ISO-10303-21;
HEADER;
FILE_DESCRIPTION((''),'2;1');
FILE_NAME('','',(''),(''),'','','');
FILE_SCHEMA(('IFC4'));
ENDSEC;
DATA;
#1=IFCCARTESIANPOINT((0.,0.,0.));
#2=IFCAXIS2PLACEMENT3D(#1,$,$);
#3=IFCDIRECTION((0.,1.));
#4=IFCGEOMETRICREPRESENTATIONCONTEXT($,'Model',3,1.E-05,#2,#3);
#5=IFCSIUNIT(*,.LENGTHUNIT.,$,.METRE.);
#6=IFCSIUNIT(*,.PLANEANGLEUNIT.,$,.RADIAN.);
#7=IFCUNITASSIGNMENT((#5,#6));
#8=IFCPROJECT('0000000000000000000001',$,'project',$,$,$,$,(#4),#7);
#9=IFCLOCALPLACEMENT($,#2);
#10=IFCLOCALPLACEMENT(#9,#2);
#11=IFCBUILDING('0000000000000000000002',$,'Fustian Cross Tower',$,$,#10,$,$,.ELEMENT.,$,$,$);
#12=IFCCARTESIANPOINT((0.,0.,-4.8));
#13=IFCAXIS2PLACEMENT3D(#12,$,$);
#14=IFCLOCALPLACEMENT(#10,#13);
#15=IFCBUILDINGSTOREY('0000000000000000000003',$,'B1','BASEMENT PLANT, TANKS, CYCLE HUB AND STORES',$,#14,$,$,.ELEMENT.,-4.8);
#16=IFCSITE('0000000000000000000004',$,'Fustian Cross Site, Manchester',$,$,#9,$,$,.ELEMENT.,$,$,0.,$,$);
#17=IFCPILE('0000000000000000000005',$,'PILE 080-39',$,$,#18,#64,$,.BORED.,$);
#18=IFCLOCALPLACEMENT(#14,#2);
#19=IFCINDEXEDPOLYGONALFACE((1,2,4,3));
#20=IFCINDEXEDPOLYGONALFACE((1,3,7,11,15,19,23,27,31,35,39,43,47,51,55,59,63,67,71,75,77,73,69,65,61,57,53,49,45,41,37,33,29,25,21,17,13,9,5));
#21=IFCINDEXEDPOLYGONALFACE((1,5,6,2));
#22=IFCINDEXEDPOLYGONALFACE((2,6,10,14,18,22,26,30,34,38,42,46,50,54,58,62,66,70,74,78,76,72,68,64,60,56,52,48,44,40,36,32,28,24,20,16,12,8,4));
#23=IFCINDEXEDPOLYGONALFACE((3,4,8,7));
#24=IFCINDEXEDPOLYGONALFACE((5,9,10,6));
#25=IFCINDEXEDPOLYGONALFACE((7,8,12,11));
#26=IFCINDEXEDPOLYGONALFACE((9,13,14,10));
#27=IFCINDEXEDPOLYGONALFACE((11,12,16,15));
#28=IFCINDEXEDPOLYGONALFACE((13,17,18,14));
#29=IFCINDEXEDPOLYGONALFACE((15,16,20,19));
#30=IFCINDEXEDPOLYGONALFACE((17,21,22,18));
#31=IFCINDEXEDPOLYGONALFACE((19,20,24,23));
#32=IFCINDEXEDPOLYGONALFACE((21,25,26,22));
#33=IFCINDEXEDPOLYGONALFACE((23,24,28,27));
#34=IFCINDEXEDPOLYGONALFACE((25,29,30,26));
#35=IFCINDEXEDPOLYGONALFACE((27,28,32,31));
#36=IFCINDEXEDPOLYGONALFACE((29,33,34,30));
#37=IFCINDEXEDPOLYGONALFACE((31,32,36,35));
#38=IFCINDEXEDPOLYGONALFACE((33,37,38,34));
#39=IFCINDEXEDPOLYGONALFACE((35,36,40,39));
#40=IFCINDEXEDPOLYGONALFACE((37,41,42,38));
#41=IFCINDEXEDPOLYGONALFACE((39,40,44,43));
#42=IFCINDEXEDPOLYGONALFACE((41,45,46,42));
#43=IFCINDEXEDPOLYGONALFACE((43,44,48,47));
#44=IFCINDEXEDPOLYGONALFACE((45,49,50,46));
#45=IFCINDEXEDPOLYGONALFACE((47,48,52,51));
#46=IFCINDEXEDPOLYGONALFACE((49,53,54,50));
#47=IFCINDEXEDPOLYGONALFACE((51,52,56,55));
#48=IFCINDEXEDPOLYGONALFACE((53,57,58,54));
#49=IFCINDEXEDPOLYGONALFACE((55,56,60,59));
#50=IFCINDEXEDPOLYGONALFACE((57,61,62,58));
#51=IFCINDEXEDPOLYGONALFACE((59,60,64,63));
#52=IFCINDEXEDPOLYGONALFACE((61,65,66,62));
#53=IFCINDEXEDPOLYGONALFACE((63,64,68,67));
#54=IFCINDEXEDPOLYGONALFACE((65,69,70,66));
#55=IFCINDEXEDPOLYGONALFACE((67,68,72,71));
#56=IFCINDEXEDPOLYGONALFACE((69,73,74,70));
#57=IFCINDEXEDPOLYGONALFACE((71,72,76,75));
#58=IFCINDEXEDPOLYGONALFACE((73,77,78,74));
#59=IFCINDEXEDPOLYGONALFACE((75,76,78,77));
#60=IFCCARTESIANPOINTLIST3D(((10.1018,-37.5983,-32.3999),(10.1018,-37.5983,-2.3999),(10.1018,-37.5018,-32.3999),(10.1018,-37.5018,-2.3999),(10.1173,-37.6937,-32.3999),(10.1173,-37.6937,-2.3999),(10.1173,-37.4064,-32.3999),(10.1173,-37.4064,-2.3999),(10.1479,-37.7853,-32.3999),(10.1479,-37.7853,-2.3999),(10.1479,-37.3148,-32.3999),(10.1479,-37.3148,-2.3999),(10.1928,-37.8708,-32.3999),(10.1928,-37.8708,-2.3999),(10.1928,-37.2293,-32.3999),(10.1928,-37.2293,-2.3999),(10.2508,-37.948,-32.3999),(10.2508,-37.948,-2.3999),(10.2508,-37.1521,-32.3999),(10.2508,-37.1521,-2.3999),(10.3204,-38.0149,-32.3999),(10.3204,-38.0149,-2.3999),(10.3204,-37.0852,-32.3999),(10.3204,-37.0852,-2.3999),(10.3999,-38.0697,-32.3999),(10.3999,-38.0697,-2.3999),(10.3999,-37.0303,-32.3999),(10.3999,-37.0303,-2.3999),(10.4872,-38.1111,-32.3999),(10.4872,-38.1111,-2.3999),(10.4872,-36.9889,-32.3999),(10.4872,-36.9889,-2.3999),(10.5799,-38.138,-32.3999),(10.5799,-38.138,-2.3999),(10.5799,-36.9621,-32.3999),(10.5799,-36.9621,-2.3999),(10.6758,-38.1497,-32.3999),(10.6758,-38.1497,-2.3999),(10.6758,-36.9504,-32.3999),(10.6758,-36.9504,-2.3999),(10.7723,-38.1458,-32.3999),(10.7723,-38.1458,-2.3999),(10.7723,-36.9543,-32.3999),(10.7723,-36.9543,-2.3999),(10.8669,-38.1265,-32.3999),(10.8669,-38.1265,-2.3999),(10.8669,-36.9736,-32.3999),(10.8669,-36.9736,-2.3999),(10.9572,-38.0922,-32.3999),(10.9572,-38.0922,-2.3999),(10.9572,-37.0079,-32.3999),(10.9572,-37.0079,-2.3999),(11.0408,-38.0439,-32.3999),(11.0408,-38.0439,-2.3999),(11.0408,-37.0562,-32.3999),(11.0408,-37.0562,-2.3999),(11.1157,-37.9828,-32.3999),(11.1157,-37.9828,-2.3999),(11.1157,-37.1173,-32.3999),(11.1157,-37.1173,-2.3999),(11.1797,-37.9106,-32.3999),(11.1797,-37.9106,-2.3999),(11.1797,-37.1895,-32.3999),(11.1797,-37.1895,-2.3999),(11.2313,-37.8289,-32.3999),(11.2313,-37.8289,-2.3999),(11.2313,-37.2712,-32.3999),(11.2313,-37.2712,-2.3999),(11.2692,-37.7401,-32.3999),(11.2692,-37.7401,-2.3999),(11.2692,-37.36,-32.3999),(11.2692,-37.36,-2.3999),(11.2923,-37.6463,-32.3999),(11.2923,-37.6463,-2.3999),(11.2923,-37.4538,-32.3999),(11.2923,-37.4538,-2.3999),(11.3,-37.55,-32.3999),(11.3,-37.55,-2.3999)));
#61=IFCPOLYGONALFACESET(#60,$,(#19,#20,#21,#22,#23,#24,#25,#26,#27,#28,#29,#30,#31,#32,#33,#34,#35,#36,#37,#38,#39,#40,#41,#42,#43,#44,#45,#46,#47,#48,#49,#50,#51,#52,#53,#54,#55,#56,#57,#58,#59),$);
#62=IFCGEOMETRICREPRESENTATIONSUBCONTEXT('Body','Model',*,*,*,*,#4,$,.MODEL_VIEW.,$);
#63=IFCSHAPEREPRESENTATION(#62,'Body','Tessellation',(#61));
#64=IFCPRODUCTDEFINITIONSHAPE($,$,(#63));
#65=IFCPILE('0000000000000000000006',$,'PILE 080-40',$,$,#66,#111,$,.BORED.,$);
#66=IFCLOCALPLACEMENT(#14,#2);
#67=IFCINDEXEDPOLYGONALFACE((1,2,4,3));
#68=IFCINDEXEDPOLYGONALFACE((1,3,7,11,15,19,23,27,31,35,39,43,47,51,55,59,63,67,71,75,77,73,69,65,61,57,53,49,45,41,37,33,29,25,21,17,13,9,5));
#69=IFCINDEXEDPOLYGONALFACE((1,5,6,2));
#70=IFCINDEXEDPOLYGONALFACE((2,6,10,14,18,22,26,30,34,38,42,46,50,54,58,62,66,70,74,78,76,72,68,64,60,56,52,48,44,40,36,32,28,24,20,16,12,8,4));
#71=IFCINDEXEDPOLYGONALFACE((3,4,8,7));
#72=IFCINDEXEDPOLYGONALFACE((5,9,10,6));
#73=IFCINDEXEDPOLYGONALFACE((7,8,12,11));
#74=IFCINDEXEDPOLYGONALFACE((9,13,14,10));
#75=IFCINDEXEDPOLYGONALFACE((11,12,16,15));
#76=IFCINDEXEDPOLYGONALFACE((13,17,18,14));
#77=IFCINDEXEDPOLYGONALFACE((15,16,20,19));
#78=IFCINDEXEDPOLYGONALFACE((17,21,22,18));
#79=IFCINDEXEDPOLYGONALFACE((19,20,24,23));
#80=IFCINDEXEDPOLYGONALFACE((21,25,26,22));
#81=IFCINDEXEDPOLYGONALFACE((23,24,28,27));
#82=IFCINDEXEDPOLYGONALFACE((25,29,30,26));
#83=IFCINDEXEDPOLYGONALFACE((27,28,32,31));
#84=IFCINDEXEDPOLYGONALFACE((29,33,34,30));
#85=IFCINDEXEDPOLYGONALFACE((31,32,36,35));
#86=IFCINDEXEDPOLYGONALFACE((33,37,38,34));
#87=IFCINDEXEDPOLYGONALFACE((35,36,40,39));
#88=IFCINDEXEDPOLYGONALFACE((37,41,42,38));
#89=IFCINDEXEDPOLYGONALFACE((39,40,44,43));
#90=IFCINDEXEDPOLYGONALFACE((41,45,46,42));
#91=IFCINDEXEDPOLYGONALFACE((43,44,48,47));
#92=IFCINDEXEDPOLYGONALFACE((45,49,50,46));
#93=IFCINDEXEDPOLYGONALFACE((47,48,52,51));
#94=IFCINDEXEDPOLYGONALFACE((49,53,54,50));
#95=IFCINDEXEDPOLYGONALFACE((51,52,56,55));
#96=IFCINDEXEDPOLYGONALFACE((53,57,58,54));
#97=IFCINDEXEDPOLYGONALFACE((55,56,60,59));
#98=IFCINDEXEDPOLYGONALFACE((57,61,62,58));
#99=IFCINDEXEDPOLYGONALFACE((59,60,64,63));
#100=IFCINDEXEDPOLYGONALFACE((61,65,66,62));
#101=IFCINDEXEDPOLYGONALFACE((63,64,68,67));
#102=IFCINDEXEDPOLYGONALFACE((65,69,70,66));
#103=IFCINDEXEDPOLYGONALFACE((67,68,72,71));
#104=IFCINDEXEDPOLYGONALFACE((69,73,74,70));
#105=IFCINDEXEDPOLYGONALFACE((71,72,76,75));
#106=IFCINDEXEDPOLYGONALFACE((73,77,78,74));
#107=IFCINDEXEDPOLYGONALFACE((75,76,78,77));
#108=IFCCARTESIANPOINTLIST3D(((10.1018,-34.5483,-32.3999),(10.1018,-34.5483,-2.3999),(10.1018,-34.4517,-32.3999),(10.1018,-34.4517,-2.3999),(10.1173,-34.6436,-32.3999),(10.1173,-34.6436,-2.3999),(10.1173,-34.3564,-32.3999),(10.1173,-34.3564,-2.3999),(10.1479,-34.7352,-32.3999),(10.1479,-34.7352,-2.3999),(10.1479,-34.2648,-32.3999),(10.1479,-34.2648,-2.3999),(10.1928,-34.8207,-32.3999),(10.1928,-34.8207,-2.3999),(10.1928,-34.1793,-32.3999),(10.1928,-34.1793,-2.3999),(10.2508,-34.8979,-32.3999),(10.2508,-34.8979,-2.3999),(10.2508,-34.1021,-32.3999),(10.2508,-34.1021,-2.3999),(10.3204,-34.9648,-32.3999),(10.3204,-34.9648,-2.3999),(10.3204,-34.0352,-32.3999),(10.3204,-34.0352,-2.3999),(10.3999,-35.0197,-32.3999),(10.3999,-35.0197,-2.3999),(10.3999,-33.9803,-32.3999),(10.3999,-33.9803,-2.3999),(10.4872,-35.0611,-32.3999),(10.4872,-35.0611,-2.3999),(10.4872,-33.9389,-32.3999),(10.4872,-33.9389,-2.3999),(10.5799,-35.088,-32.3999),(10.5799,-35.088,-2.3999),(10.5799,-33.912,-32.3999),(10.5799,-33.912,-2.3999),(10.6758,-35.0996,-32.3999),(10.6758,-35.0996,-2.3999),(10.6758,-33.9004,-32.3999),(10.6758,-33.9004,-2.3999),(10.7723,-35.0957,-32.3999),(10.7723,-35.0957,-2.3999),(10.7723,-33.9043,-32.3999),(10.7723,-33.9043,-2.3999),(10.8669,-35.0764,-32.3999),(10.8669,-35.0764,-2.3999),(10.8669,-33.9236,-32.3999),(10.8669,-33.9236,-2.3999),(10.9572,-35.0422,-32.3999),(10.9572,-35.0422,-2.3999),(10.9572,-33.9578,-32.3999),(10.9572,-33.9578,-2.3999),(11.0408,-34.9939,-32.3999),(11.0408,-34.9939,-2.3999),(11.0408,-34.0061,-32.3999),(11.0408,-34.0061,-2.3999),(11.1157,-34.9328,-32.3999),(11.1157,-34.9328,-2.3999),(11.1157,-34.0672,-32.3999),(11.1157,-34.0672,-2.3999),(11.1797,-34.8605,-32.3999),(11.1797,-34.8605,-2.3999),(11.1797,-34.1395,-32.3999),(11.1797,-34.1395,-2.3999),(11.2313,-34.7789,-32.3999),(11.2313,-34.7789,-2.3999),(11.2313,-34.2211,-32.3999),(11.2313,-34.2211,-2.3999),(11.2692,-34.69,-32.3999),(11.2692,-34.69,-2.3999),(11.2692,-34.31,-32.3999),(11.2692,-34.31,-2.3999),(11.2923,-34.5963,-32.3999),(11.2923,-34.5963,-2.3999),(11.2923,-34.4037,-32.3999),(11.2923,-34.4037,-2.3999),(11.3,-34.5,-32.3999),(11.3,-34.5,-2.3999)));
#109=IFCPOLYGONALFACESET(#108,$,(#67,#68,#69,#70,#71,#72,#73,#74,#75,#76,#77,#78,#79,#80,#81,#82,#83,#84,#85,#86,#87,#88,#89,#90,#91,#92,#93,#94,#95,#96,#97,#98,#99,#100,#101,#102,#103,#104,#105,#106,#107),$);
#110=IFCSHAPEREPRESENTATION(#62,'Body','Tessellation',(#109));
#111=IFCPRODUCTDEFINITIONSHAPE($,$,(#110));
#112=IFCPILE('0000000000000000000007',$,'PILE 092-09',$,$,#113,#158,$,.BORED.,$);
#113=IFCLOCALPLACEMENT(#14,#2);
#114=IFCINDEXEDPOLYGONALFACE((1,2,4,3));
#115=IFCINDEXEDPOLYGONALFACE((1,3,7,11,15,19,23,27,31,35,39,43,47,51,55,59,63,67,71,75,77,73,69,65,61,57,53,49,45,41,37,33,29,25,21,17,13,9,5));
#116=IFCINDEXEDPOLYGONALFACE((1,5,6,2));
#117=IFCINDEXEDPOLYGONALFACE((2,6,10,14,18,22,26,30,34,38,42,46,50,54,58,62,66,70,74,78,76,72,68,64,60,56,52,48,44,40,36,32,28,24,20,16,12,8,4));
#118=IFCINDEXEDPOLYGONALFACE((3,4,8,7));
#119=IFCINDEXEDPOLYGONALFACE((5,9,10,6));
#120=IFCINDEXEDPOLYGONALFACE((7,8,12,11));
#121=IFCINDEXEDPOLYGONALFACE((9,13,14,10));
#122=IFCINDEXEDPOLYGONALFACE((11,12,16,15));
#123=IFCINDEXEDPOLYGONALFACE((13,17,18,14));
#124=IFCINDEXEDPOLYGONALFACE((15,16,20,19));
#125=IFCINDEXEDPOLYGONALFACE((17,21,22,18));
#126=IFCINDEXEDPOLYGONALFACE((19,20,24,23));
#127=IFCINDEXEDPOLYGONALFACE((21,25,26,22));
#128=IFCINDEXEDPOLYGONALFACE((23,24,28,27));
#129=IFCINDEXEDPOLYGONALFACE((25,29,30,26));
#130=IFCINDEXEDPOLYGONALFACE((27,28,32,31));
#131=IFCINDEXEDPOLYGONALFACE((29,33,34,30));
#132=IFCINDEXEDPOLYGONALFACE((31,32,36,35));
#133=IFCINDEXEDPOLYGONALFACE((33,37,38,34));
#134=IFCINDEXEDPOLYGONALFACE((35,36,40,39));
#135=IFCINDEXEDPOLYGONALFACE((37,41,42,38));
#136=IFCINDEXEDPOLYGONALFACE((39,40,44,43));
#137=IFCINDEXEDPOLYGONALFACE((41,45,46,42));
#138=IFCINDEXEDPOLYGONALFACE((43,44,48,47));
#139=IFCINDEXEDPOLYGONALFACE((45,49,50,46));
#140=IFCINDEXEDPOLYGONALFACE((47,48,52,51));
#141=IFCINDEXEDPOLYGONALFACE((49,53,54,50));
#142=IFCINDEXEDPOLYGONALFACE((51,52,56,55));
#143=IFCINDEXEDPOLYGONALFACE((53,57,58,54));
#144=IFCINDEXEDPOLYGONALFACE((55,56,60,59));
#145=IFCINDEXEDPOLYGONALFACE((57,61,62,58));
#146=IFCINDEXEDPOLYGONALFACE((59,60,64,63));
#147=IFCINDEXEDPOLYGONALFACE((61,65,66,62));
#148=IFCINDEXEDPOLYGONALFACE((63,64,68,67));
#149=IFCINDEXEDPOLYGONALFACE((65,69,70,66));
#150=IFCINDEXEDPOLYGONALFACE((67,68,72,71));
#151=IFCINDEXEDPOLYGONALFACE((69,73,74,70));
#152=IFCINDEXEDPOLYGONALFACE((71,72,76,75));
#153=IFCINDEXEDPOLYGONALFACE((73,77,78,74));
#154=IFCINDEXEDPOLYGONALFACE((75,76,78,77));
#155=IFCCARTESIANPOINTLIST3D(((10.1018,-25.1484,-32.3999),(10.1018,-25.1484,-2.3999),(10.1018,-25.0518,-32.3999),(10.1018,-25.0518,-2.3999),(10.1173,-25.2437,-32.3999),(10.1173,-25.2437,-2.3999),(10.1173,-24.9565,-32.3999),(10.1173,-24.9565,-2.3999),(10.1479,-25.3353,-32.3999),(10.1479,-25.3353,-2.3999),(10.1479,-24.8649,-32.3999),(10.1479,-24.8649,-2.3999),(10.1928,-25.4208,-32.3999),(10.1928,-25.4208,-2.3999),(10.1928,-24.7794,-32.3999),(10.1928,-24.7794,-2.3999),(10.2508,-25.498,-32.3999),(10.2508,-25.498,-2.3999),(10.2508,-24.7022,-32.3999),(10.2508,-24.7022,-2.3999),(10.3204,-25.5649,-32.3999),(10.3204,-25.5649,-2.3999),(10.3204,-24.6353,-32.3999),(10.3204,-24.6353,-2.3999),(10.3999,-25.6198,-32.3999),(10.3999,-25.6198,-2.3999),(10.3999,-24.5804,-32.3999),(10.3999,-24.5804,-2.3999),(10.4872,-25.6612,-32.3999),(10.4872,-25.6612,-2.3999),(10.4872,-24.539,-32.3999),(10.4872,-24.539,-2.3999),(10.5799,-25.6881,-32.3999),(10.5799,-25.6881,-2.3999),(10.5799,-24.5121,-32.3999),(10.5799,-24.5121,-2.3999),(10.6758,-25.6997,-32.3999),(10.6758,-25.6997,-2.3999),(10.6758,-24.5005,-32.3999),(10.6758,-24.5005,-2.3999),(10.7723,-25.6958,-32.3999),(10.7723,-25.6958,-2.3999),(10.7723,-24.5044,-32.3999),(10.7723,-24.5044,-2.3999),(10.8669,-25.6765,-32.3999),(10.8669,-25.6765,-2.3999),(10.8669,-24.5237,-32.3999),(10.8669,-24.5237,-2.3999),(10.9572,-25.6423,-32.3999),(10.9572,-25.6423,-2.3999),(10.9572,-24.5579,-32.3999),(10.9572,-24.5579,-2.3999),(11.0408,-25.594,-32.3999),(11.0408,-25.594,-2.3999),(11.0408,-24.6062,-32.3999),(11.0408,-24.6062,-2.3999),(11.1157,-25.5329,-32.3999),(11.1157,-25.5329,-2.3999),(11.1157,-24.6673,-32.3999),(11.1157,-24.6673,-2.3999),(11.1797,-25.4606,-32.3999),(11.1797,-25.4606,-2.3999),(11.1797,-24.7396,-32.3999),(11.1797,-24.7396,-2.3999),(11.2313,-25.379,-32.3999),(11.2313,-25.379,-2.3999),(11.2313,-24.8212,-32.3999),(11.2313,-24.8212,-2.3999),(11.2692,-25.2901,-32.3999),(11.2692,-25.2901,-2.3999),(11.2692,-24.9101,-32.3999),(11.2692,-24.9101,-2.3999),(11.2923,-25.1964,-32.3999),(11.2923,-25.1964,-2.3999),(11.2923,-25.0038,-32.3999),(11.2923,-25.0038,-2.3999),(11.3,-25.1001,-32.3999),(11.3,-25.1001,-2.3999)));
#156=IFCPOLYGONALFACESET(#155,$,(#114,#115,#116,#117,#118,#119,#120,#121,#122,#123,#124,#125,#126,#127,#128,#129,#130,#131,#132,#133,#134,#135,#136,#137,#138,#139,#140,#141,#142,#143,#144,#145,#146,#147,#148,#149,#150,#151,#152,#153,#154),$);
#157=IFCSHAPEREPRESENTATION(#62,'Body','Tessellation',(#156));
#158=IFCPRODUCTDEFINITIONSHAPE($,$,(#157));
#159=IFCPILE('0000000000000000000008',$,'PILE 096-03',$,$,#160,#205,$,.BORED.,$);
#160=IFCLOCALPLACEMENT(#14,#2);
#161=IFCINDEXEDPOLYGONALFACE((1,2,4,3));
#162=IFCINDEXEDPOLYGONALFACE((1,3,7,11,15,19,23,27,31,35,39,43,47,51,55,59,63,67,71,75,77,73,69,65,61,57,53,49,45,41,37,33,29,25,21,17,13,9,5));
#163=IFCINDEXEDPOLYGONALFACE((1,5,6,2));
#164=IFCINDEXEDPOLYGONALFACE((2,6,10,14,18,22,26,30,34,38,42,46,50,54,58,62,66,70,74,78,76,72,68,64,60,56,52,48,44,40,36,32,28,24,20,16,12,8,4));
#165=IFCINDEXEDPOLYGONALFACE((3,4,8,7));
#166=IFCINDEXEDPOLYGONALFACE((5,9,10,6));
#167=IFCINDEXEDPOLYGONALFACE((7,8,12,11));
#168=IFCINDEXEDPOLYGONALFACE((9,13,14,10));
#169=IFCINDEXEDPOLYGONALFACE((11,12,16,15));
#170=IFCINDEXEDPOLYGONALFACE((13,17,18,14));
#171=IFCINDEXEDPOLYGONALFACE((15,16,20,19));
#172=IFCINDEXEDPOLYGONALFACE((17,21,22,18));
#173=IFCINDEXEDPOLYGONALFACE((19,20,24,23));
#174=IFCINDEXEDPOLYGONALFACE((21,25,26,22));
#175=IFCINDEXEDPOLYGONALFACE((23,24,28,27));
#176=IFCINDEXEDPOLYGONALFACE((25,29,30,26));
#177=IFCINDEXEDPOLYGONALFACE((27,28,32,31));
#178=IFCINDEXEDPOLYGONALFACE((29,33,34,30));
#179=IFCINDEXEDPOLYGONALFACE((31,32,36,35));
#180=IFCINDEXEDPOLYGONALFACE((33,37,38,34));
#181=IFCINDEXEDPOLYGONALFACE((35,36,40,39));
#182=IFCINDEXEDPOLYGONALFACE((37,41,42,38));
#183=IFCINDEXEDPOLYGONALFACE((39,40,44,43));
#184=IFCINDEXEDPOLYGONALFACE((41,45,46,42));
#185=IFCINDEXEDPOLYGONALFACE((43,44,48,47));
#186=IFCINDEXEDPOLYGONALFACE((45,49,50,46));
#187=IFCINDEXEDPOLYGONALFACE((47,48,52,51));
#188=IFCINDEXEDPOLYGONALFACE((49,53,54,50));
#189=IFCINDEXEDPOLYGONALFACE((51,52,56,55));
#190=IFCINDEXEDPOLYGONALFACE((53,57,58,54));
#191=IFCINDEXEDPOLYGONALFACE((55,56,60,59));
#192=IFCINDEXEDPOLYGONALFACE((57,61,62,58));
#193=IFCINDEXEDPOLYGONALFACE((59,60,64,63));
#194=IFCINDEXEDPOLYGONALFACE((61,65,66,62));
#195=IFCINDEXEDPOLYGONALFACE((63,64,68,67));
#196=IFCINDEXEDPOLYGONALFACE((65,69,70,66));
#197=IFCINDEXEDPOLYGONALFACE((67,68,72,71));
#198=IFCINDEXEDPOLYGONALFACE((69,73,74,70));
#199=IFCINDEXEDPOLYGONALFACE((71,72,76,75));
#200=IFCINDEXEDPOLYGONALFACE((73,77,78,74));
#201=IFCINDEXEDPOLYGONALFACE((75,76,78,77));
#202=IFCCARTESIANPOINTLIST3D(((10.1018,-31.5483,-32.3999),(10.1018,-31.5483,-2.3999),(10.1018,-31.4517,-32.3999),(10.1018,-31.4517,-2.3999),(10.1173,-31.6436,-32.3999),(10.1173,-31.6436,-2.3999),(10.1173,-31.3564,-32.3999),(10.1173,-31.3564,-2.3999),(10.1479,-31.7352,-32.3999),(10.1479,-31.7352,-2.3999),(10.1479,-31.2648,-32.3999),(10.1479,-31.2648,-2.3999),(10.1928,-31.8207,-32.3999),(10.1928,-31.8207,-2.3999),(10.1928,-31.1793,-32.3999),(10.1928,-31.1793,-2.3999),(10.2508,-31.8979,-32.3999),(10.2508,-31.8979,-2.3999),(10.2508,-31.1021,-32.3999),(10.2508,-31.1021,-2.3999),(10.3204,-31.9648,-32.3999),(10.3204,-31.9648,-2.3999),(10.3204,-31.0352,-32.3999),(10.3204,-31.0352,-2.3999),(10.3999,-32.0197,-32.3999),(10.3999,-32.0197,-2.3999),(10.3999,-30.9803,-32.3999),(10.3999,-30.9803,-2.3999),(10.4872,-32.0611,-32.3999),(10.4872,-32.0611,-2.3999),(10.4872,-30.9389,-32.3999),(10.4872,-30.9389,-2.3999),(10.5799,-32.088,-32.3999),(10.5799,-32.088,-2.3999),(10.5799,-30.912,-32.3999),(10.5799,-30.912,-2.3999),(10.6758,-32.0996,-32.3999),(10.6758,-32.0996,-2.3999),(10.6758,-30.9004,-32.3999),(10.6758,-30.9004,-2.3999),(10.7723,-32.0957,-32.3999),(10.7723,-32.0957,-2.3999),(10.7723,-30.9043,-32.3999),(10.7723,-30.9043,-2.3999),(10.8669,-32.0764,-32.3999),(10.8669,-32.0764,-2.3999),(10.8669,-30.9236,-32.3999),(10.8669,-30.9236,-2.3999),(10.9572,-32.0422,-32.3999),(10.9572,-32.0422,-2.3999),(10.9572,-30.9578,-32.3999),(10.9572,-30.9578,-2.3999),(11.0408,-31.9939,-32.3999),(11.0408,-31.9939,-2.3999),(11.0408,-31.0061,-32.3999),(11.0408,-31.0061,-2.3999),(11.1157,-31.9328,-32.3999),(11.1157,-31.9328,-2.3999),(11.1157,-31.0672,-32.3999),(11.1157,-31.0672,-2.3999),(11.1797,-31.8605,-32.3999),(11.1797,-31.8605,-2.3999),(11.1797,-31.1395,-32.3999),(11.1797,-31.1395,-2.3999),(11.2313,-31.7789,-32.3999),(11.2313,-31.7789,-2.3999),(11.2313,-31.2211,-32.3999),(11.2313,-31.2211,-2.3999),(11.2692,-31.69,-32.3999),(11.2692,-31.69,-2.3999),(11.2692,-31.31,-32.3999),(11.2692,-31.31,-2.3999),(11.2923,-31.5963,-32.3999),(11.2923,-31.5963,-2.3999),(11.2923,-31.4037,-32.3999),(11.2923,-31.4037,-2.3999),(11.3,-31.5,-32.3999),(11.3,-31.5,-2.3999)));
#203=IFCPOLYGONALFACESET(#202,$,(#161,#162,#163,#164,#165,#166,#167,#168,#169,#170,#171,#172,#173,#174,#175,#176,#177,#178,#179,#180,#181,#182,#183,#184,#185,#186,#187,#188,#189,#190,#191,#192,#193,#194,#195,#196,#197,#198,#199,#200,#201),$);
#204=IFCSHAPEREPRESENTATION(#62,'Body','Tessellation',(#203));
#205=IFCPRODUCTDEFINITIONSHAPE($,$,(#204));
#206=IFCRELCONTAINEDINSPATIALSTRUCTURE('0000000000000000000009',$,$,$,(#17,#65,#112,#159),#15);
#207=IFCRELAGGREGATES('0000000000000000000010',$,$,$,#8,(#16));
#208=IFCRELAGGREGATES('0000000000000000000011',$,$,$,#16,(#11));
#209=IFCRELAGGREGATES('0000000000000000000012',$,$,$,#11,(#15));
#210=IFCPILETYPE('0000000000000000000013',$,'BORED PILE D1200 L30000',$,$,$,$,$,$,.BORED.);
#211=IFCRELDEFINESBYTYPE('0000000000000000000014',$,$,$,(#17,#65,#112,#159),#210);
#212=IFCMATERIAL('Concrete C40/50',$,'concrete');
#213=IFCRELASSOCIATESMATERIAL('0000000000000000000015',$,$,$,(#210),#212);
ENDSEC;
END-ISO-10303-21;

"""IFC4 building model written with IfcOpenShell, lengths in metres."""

from ifc_helpers import new_model, si_unit, direction, frame, origin, origin_2d, place, context, subcontext, project, spatial, circle, extrude, material, material_profile, profile_set, type_object, element, save


model = new_model("IFC4")

# Units and contexts
model_context = context("Model", 3, precision=1e-05, world=origin(), true_north=direction((0.0, 1.0)))
body_context = subcontext(model_context, "Body", "Model", "MODEL_VIEW")
ifc_project = project(units=[si_unit("LENGTHUNIT", "METRE"), si_unit("PLANEANGLEUNIT", "RADIAN")], contexts=[model_context])

# Site, building, storey
site_placement = place(None, origin())
site = spatial("IfcSite", under=ifc_project, at=site_placement, Name="Fustian Cross Site, Manchester", CompositionType="ELEMENT", RefElevation=0.0)
building_placement = place(site_placement, origin())
building = spatial("IfcBuilding", under=site, at=building_placement, Name="Fustian Cross Tower", CompositionType="ELEMENT")
storey_placement = place(building_placement, frame((0.0, 0.0, -4.8)))
storey = spatial("IfcBuildingStorey", under=building, at=storey_placement, Name="B1", Description="BASEMENT PLANT, TANKS, CYCLE HUB AND STORES", CompositionType="ELEMENT", Elevation=-4.8)

# Piles
ifc_material_1 = material(Name="Concrete C40/50", Category="concrete")
ifc_material_profile_1 = material_profile(ifc_material_1, circle(Radius=0.6001, at=origin_2d()), Name="BORED PILE D1200 L30000")
ifc_profile_set_1 = profile_set([ifc_material_profile_1], Name="Concrete C40/50")
pile_type_1 = type_object("IfcPileType", Name="BORED PILE D1200 L30000", PredefinedType="BORED", material=ifc_profile_set_1)
for number, where, z_axis, x_axis, name in (
    (1, (10.7, -37.55, -2.3999), (0.0, 0.0, -1.0), (1.0, 0.0, 0.0), "PILE 080-39"),
    (2, (10.7, -34.5, -2.3999), (0.0, 0.0, -1.0), (1.0, 0.0, 0.0), "PILE 080-40"),
    (3, (10.7, -25.1001, -2.3999), (0.0, 0.0, -1.0), (1.0, 0.0, 0.0), "PILE 092-09"),
    (4, (10.7, -31.5, -2.3999), (0.0, 0.0, -1.0), (1.0, 0.0, 0.0), "PILE 096-03"),
):
    element("IfcPile", number, at=place(storey_placement, frame(where, z_axis=z_axis, x_axis=x_axis)), inside=storey, type_object=pile_type_1, Name=name, PredefinedType="BORED", context=body_context, shape_type="SweptSolid", body=[
        extrude(circle(Radius=0.6001, at=origin_2d()), origin(), (0.0, 0.0, 1.0), 30.0),
    ])

save(model, "model.ifc")
